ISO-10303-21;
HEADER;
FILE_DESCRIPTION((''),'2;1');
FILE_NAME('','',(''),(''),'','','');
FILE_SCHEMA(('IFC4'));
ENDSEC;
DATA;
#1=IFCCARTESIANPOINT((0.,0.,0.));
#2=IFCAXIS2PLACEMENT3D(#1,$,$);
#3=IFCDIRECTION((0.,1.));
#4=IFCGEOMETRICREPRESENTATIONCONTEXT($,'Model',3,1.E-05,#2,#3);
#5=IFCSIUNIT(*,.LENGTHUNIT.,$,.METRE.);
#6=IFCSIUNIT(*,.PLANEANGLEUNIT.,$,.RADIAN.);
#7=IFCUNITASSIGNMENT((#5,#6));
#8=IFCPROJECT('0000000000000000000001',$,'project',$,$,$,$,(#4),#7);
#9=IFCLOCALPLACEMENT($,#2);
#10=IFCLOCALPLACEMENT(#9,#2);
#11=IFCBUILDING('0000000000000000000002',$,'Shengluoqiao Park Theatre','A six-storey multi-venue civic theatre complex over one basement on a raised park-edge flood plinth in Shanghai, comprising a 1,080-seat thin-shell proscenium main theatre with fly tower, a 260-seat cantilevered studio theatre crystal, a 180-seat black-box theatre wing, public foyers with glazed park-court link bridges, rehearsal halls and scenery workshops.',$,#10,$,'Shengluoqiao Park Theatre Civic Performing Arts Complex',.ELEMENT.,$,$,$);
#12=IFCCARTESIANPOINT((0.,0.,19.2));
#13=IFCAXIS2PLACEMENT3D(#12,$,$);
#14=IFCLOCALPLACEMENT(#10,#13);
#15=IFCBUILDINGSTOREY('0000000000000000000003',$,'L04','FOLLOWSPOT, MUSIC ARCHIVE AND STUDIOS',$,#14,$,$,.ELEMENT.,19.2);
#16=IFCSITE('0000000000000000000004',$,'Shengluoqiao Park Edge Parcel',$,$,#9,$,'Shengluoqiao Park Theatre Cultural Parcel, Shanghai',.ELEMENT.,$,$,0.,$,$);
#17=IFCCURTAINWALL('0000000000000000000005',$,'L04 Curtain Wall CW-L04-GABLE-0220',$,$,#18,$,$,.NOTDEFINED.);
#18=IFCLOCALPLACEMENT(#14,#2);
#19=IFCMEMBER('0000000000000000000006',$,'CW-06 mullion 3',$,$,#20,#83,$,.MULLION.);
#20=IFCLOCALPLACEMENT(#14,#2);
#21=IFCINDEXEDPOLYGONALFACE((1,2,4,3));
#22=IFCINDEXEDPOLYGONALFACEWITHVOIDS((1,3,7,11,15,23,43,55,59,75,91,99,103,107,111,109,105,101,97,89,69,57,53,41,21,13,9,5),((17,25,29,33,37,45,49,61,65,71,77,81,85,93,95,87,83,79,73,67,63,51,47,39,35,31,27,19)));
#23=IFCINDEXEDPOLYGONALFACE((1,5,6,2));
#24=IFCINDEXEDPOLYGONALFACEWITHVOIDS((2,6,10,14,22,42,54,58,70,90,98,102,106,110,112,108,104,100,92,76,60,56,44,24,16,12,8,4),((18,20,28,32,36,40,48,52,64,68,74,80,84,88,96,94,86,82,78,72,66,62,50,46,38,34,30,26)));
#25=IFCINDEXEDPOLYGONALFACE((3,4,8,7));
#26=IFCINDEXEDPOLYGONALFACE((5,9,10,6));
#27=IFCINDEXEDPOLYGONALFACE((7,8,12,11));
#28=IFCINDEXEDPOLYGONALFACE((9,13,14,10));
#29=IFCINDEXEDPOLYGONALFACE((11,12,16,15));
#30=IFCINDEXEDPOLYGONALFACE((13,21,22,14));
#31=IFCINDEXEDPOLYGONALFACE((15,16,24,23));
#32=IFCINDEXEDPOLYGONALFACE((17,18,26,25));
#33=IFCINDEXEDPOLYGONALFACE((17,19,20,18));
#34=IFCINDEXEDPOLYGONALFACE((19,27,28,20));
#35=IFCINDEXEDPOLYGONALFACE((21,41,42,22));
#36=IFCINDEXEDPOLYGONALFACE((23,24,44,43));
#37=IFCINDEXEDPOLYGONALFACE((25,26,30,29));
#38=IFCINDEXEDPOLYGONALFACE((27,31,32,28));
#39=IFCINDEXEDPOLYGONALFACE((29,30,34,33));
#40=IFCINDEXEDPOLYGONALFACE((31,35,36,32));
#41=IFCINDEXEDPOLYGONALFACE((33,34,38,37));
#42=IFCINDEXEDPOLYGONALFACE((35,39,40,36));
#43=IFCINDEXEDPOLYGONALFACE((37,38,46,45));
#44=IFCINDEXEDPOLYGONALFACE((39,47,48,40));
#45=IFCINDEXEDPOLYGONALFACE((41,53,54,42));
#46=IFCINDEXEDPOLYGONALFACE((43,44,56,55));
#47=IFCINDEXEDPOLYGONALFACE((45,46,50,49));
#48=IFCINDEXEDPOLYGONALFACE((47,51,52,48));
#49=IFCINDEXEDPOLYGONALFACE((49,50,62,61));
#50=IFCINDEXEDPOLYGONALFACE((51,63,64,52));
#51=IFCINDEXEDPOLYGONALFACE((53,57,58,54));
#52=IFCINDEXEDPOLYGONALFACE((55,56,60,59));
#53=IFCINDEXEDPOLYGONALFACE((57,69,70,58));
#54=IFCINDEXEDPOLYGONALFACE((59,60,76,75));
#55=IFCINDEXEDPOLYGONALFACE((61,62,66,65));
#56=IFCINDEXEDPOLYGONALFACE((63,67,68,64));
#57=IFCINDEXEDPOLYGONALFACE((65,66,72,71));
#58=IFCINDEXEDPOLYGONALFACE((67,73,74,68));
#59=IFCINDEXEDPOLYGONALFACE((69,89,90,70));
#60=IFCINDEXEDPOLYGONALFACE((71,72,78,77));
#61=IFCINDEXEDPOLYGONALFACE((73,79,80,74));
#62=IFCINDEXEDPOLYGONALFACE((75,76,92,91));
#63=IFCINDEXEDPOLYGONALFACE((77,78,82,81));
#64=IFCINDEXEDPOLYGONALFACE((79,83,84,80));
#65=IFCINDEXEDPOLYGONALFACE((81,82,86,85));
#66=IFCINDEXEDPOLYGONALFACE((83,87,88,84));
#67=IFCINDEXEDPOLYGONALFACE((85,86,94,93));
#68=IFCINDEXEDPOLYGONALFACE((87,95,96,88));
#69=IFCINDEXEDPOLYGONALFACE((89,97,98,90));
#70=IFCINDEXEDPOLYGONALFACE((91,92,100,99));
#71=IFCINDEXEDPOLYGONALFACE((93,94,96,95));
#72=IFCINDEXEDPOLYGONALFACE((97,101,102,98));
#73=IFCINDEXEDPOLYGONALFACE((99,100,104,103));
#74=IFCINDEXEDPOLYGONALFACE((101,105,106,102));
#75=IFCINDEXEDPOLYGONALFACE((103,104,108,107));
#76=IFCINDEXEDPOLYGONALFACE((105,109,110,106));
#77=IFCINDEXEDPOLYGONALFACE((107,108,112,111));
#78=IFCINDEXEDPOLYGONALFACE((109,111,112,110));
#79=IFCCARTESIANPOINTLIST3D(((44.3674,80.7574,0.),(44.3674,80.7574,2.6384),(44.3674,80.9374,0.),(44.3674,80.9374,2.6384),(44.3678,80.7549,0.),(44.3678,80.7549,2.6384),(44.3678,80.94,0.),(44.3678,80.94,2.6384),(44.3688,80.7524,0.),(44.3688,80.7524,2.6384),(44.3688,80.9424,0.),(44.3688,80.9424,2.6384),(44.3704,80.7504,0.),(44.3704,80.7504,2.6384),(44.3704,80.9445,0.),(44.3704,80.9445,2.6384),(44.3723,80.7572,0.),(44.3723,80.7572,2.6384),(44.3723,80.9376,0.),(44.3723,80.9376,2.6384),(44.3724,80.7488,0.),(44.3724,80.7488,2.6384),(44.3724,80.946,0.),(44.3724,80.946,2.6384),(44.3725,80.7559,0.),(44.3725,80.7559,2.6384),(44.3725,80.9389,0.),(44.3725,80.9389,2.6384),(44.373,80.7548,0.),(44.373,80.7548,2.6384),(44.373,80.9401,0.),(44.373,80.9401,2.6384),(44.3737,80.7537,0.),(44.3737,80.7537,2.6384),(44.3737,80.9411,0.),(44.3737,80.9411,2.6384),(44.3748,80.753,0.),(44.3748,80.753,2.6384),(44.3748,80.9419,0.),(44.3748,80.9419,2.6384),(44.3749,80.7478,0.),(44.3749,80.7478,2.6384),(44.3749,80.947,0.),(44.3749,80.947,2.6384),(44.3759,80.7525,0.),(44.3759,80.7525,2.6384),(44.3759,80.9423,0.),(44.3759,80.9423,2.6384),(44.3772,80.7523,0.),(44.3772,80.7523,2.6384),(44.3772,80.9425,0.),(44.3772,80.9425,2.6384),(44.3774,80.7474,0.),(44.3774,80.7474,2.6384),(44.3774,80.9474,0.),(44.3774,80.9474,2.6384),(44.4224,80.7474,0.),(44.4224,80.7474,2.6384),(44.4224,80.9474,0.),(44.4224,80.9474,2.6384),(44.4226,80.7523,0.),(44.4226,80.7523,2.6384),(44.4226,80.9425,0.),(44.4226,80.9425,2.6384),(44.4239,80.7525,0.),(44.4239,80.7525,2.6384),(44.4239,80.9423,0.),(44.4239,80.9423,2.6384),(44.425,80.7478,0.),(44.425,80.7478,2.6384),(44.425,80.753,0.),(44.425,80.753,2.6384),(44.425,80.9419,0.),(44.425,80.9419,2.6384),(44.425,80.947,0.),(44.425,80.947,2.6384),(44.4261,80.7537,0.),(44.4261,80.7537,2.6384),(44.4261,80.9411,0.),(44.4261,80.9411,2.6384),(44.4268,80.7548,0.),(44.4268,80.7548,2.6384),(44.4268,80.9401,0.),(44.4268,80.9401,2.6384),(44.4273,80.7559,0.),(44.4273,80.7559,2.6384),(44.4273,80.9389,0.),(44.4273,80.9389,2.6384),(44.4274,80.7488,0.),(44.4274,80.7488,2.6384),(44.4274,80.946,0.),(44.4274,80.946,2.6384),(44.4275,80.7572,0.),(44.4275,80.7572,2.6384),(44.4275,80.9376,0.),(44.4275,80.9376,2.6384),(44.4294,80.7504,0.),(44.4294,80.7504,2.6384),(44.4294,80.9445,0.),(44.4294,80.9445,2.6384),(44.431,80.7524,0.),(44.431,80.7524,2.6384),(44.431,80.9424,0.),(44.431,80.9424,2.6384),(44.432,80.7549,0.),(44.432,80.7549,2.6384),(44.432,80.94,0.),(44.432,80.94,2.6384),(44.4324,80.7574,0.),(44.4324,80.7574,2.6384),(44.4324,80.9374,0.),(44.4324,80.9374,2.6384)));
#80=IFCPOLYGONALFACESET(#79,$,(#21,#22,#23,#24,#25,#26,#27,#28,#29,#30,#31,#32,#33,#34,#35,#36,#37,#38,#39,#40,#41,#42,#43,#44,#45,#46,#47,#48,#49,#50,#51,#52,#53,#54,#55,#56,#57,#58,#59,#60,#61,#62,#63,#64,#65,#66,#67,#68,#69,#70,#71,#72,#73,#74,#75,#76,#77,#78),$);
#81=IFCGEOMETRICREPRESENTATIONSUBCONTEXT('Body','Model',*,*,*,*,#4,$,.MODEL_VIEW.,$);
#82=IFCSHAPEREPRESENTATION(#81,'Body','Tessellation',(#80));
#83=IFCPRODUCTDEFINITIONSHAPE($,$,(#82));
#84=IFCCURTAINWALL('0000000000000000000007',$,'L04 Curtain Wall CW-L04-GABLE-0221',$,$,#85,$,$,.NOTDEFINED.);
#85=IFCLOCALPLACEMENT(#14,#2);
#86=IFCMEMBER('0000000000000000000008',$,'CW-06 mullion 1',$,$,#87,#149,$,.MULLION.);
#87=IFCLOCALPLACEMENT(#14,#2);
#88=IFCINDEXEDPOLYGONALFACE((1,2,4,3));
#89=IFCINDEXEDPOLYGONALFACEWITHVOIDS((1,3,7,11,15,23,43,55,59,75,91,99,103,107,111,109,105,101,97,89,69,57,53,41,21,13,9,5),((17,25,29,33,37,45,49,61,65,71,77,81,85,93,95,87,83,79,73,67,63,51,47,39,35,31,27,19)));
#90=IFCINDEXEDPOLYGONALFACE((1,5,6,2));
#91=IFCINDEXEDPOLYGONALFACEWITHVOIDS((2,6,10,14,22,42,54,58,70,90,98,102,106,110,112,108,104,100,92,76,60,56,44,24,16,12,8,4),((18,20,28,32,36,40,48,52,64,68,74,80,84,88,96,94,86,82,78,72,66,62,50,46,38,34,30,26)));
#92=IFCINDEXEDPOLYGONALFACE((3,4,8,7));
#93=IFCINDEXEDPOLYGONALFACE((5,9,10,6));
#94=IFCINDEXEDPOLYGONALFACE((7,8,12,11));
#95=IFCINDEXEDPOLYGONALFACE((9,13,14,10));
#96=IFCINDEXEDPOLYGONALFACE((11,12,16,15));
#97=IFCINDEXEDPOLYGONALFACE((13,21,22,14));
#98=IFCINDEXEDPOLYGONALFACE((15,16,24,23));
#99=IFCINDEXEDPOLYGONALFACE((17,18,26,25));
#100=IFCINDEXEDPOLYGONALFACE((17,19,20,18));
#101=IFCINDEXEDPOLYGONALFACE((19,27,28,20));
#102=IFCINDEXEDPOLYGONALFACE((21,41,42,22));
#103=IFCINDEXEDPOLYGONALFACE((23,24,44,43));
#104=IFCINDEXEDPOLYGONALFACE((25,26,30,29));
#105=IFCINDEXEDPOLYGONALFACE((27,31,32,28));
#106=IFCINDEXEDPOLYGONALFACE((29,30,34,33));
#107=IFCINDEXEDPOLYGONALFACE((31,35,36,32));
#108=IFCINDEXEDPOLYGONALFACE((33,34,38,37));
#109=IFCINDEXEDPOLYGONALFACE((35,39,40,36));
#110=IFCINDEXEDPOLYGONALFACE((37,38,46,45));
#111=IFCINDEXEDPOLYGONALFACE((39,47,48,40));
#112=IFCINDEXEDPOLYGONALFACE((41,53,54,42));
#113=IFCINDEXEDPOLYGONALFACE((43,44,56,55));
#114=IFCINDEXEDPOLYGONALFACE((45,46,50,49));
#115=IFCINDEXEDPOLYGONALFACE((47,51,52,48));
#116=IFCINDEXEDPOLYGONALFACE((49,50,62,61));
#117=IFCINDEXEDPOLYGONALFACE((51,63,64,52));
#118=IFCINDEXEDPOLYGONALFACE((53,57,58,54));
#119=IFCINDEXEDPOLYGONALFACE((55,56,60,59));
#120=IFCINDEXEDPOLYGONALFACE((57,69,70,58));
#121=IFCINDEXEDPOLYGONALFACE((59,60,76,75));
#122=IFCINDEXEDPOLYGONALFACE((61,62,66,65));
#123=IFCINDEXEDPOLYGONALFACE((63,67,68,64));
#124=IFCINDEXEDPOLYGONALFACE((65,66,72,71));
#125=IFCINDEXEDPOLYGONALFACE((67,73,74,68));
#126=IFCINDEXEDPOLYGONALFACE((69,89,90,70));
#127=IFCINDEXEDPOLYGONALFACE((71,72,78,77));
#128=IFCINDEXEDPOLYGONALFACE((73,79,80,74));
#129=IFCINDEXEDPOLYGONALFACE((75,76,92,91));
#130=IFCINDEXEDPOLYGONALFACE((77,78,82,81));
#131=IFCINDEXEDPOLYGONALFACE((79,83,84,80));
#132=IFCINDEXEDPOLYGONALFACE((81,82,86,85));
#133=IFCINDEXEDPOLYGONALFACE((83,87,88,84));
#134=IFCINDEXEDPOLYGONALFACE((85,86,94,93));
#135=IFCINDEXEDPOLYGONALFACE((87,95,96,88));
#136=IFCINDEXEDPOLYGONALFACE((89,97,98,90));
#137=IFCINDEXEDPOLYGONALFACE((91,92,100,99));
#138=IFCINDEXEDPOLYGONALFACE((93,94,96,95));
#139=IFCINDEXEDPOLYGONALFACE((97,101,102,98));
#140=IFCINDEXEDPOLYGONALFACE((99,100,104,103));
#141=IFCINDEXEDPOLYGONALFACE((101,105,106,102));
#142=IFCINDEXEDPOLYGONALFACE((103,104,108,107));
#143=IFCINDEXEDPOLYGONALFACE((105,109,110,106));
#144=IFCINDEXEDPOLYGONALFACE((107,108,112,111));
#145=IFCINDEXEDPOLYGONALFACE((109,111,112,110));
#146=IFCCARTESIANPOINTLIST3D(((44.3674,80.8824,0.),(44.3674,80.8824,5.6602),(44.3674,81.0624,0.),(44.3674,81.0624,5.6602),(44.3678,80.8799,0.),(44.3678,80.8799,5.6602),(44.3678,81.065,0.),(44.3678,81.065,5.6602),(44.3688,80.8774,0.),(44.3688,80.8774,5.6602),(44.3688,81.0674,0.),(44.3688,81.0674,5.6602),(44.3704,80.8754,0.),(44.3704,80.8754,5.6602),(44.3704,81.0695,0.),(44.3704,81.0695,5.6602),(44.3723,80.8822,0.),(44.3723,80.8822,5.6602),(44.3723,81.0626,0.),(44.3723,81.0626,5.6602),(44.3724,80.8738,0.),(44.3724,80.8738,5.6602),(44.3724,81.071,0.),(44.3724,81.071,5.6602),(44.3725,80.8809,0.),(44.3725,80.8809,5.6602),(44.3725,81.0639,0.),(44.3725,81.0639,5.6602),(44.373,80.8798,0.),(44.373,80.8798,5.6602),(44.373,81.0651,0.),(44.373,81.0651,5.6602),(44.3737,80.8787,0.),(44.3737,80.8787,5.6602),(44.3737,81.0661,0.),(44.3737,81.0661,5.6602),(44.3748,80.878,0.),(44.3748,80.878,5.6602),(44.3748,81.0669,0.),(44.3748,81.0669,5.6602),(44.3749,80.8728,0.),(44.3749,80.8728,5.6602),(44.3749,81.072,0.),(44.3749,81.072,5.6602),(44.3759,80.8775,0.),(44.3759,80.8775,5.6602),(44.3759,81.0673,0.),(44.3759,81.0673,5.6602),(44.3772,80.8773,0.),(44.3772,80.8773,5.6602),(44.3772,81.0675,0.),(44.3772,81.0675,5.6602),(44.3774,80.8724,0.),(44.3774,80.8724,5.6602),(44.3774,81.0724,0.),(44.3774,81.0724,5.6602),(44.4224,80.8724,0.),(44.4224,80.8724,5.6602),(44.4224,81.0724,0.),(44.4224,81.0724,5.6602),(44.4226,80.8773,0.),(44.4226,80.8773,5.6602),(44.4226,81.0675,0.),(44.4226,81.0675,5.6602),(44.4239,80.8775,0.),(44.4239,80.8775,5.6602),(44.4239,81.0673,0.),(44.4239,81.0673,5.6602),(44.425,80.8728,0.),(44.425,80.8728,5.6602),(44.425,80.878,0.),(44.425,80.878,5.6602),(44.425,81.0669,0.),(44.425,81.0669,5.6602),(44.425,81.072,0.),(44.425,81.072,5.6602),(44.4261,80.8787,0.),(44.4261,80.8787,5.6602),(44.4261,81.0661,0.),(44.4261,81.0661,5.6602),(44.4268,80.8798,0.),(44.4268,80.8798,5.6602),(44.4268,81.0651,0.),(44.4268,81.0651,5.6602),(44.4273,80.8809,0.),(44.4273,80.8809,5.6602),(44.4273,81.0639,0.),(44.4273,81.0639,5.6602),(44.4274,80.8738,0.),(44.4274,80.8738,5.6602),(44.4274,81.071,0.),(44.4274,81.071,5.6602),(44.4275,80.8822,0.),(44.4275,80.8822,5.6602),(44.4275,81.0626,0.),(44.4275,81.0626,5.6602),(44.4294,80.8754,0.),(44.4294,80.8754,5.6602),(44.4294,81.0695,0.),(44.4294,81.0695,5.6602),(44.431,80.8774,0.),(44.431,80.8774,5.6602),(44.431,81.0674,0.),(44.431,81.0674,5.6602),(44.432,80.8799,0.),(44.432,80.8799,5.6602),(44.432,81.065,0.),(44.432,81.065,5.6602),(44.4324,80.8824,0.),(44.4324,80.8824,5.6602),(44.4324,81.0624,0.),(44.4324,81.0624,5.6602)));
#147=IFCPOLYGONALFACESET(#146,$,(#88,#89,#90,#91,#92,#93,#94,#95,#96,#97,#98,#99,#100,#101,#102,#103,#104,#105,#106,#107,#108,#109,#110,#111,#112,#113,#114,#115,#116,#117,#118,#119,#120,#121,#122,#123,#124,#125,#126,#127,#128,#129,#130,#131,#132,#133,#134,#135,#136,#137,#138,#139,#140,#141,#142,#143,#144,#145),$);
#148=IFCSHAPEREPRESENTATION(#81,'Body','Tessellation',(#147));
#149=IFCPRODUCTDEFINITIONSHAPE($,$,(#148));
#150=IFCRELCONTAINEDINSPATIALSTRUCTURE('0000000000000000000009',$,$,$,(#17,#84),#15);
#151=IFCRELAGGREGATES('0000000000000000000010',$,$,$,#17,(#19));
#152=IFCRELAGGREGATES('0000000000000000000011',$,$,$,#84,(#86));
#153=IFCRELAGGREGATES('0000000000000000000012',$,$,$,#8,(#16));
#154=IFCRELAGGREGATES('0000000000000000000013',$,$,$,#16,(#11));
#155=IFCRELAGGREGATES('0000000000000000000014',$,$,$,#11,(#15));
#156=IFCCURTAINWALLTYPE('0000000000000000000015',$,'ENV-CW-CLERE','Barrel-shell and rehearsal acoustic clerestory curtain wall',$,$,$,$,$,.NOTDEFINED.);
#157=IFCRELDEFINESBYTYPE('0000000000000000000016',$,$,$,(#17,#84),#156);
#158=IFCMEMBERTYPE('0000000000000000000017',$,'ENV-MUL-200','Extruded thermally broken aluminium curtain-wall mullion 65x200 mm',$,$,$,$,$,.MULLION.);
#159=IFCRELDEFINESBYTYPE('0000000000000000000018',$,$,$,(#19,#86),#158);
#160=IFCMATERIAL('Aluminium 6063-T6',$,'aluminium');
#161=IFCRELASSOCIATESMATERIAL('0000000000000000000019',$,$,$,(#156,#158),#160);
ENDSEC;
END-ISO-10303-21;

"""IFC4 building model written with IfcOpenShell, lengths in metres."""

from ifc_helpers import new_model, si_unit, direction, frame, origin, origin_2d, place, context, subcontext, project, spatial, hollow_rectangle, extrude, material, material_profile, profile_set, type_object, element, aggregate, save


model = new_model("IFC4")

# Units and contexts
model_context = context("Model", 3, precision=1e-05, world=origin(), true_north=direction((0.0, 1.0)))
body_context = subcontext(model_context, "Body", "Model", "MODEL_VIEW")
ifc_project = project(units=[si_unit("LENGTHUNIT", "METRE"), si_unit("PLANEANGLEUNIT", "RADIAN")], contexts=[model_context])

# Site, building, storey
site_placement = place(None, origin())
site = spatial("IfcSite", under=ifc_project, at=site_placement, Name="Shengluoqiao Park Edge Parcel", LongName="Shengluoqiao Park Theatre Cultural Parcel, Shanghai", CompositionType="ELEMENT", RefElevation=0.0)
building_placement = place(site_placement, origin())
building = spatial("IfcBuilding", under=site, at=building_placement, Name="Shengluoqiao Park Theatre", Description="A six-storey multi-venue civic theatre complex over one basement on a raised park-edge flood plinth in Shanghai, comprising a 1,080-seat thin-shell proscenium main theatre with fly tower, a 260-seat cantilevered studio theatre crystal, a 180-seat black-box theatre wing, public foyers with glazed park-court link bridges, rehearsal halls and scenery workshops.", LongName="Shengluoqiao Park Theatre Civic Performing Arts Complex", CompositionType="ELEMENT")
storey_placement = place(building_placement, frame((0.0, 0.0, 19.2)))
storey = spatial("IfcBuildingStorey", under=building, at=storey_placement, Name="L04", Description="FOLLOWSPOT, MUSIC ARCHIVE AND STUDIOS", CompositionType="ELEMENT", Elevation=19.2)

# Curtain wall, member
ifc_material_1 = material(Name="Aluminium 6063-T6", Category="aluminium")
curtain_wall_type = type_object("IfcCurtainWallType", Name="ENV-CW-CLERE", Description="Barrel-shell and rehearsal acoustic clerestory curtain wall", PredefinedType="NOTDEFINED", material=ifc_material_1)
curtain_wall_1_placement = place(storey_placement, origin())
curtain_wall_1 = element("IfcCurtainWall", 1, at=curtain_wall_1_placement, inside=storey, type_object=curtain_wall_type, Name="L04 Curtain Wall CW-L04-GABLE-0220", PredefinedType="NOTDEFINED")
ifc_material_profile_1 = material_profile(ifc_material_1, hollow_rectangle(XDim=0.0649, YDim=0.2, WallThickness=0.0049, InnerFilletRadius=0.0049, OuterFilletRadius=0.01, at=origin_2d()), Name="ALU MULLION 200x65x5")
ifc_profile_set_1 = profile_set([ifc_material_profile_1], Name="Aluminium 6063-T6")
member_type_1 = type_object("IfcMemberType", Name="ENV-MUL-200", Description="Extruded thermally broken aluminium curtain-wall mullion 65x200 mm", PredefinedType="MULLION", material=ifc_profile_set_1)
member_1_placement = place(storey_placement, frame((44.3999, 80.8474, 0.0), z_axis=(0.0, 0.0, 1.0), x_axis=(-1.0, 0.0, 0.0)))
member_1 = element("IfcMember", 2, at=member_1_placement, type_object=member_type_1, Name="CW-06 mullion 3", PredefinedType="MULLION", context=body_context, shape_type="SweptSolid", body=[
    extrude(hollow_rectangle(XDim=0.0649, YDim=0.2, WallThickness=0.0049, InnerFilletRadius=0.0049, OuterFilletRadius=0.01, at=origin_2d()), origin(), (0.0, 0.0, 1.0), 2.6384),
])

# Curtain wall, member
curtain_wall_2_placement = place(storey_placement, origin())
curtain_wall_2 = element("IfcCurtainWall", 3, at=curtain_wall_2_placement, inside=storey, type_object=curtain_wall_type, Name="L04 Curtain Wall CW-L04-GABLE-0221", PredefinedType="NOTDEFINED")
member_2_placement = place(storey_placement, frame((44.3999, 80.9724, 0.0), z_axis=(0.0, 0.0, 1.0), x_axis=(-1.0, 0.0, 0.0)))
member_2 = element("IfcMember", 4, at=member_2_placement, type_object=member_type_1, Name="CW-06 mullion 1", PredefinedType="MULLION", context=body_context, shape_type="SweptSolid", body=[
    extrude(hollow_rectangle(XDim=0.0649, YDim=0.2, WallThickness=0.0049, InnerFilletRadius=0.0049, OuterFilletRadius=0.01, at=origin_2d()), origin(), (0.0, 0.0, 1.0), 5.6602),
])

aggregate(curtain_wall_1, [member_1])
aggregate(curtain_wall_2, [member_2])

save(model, "model.ifc")
